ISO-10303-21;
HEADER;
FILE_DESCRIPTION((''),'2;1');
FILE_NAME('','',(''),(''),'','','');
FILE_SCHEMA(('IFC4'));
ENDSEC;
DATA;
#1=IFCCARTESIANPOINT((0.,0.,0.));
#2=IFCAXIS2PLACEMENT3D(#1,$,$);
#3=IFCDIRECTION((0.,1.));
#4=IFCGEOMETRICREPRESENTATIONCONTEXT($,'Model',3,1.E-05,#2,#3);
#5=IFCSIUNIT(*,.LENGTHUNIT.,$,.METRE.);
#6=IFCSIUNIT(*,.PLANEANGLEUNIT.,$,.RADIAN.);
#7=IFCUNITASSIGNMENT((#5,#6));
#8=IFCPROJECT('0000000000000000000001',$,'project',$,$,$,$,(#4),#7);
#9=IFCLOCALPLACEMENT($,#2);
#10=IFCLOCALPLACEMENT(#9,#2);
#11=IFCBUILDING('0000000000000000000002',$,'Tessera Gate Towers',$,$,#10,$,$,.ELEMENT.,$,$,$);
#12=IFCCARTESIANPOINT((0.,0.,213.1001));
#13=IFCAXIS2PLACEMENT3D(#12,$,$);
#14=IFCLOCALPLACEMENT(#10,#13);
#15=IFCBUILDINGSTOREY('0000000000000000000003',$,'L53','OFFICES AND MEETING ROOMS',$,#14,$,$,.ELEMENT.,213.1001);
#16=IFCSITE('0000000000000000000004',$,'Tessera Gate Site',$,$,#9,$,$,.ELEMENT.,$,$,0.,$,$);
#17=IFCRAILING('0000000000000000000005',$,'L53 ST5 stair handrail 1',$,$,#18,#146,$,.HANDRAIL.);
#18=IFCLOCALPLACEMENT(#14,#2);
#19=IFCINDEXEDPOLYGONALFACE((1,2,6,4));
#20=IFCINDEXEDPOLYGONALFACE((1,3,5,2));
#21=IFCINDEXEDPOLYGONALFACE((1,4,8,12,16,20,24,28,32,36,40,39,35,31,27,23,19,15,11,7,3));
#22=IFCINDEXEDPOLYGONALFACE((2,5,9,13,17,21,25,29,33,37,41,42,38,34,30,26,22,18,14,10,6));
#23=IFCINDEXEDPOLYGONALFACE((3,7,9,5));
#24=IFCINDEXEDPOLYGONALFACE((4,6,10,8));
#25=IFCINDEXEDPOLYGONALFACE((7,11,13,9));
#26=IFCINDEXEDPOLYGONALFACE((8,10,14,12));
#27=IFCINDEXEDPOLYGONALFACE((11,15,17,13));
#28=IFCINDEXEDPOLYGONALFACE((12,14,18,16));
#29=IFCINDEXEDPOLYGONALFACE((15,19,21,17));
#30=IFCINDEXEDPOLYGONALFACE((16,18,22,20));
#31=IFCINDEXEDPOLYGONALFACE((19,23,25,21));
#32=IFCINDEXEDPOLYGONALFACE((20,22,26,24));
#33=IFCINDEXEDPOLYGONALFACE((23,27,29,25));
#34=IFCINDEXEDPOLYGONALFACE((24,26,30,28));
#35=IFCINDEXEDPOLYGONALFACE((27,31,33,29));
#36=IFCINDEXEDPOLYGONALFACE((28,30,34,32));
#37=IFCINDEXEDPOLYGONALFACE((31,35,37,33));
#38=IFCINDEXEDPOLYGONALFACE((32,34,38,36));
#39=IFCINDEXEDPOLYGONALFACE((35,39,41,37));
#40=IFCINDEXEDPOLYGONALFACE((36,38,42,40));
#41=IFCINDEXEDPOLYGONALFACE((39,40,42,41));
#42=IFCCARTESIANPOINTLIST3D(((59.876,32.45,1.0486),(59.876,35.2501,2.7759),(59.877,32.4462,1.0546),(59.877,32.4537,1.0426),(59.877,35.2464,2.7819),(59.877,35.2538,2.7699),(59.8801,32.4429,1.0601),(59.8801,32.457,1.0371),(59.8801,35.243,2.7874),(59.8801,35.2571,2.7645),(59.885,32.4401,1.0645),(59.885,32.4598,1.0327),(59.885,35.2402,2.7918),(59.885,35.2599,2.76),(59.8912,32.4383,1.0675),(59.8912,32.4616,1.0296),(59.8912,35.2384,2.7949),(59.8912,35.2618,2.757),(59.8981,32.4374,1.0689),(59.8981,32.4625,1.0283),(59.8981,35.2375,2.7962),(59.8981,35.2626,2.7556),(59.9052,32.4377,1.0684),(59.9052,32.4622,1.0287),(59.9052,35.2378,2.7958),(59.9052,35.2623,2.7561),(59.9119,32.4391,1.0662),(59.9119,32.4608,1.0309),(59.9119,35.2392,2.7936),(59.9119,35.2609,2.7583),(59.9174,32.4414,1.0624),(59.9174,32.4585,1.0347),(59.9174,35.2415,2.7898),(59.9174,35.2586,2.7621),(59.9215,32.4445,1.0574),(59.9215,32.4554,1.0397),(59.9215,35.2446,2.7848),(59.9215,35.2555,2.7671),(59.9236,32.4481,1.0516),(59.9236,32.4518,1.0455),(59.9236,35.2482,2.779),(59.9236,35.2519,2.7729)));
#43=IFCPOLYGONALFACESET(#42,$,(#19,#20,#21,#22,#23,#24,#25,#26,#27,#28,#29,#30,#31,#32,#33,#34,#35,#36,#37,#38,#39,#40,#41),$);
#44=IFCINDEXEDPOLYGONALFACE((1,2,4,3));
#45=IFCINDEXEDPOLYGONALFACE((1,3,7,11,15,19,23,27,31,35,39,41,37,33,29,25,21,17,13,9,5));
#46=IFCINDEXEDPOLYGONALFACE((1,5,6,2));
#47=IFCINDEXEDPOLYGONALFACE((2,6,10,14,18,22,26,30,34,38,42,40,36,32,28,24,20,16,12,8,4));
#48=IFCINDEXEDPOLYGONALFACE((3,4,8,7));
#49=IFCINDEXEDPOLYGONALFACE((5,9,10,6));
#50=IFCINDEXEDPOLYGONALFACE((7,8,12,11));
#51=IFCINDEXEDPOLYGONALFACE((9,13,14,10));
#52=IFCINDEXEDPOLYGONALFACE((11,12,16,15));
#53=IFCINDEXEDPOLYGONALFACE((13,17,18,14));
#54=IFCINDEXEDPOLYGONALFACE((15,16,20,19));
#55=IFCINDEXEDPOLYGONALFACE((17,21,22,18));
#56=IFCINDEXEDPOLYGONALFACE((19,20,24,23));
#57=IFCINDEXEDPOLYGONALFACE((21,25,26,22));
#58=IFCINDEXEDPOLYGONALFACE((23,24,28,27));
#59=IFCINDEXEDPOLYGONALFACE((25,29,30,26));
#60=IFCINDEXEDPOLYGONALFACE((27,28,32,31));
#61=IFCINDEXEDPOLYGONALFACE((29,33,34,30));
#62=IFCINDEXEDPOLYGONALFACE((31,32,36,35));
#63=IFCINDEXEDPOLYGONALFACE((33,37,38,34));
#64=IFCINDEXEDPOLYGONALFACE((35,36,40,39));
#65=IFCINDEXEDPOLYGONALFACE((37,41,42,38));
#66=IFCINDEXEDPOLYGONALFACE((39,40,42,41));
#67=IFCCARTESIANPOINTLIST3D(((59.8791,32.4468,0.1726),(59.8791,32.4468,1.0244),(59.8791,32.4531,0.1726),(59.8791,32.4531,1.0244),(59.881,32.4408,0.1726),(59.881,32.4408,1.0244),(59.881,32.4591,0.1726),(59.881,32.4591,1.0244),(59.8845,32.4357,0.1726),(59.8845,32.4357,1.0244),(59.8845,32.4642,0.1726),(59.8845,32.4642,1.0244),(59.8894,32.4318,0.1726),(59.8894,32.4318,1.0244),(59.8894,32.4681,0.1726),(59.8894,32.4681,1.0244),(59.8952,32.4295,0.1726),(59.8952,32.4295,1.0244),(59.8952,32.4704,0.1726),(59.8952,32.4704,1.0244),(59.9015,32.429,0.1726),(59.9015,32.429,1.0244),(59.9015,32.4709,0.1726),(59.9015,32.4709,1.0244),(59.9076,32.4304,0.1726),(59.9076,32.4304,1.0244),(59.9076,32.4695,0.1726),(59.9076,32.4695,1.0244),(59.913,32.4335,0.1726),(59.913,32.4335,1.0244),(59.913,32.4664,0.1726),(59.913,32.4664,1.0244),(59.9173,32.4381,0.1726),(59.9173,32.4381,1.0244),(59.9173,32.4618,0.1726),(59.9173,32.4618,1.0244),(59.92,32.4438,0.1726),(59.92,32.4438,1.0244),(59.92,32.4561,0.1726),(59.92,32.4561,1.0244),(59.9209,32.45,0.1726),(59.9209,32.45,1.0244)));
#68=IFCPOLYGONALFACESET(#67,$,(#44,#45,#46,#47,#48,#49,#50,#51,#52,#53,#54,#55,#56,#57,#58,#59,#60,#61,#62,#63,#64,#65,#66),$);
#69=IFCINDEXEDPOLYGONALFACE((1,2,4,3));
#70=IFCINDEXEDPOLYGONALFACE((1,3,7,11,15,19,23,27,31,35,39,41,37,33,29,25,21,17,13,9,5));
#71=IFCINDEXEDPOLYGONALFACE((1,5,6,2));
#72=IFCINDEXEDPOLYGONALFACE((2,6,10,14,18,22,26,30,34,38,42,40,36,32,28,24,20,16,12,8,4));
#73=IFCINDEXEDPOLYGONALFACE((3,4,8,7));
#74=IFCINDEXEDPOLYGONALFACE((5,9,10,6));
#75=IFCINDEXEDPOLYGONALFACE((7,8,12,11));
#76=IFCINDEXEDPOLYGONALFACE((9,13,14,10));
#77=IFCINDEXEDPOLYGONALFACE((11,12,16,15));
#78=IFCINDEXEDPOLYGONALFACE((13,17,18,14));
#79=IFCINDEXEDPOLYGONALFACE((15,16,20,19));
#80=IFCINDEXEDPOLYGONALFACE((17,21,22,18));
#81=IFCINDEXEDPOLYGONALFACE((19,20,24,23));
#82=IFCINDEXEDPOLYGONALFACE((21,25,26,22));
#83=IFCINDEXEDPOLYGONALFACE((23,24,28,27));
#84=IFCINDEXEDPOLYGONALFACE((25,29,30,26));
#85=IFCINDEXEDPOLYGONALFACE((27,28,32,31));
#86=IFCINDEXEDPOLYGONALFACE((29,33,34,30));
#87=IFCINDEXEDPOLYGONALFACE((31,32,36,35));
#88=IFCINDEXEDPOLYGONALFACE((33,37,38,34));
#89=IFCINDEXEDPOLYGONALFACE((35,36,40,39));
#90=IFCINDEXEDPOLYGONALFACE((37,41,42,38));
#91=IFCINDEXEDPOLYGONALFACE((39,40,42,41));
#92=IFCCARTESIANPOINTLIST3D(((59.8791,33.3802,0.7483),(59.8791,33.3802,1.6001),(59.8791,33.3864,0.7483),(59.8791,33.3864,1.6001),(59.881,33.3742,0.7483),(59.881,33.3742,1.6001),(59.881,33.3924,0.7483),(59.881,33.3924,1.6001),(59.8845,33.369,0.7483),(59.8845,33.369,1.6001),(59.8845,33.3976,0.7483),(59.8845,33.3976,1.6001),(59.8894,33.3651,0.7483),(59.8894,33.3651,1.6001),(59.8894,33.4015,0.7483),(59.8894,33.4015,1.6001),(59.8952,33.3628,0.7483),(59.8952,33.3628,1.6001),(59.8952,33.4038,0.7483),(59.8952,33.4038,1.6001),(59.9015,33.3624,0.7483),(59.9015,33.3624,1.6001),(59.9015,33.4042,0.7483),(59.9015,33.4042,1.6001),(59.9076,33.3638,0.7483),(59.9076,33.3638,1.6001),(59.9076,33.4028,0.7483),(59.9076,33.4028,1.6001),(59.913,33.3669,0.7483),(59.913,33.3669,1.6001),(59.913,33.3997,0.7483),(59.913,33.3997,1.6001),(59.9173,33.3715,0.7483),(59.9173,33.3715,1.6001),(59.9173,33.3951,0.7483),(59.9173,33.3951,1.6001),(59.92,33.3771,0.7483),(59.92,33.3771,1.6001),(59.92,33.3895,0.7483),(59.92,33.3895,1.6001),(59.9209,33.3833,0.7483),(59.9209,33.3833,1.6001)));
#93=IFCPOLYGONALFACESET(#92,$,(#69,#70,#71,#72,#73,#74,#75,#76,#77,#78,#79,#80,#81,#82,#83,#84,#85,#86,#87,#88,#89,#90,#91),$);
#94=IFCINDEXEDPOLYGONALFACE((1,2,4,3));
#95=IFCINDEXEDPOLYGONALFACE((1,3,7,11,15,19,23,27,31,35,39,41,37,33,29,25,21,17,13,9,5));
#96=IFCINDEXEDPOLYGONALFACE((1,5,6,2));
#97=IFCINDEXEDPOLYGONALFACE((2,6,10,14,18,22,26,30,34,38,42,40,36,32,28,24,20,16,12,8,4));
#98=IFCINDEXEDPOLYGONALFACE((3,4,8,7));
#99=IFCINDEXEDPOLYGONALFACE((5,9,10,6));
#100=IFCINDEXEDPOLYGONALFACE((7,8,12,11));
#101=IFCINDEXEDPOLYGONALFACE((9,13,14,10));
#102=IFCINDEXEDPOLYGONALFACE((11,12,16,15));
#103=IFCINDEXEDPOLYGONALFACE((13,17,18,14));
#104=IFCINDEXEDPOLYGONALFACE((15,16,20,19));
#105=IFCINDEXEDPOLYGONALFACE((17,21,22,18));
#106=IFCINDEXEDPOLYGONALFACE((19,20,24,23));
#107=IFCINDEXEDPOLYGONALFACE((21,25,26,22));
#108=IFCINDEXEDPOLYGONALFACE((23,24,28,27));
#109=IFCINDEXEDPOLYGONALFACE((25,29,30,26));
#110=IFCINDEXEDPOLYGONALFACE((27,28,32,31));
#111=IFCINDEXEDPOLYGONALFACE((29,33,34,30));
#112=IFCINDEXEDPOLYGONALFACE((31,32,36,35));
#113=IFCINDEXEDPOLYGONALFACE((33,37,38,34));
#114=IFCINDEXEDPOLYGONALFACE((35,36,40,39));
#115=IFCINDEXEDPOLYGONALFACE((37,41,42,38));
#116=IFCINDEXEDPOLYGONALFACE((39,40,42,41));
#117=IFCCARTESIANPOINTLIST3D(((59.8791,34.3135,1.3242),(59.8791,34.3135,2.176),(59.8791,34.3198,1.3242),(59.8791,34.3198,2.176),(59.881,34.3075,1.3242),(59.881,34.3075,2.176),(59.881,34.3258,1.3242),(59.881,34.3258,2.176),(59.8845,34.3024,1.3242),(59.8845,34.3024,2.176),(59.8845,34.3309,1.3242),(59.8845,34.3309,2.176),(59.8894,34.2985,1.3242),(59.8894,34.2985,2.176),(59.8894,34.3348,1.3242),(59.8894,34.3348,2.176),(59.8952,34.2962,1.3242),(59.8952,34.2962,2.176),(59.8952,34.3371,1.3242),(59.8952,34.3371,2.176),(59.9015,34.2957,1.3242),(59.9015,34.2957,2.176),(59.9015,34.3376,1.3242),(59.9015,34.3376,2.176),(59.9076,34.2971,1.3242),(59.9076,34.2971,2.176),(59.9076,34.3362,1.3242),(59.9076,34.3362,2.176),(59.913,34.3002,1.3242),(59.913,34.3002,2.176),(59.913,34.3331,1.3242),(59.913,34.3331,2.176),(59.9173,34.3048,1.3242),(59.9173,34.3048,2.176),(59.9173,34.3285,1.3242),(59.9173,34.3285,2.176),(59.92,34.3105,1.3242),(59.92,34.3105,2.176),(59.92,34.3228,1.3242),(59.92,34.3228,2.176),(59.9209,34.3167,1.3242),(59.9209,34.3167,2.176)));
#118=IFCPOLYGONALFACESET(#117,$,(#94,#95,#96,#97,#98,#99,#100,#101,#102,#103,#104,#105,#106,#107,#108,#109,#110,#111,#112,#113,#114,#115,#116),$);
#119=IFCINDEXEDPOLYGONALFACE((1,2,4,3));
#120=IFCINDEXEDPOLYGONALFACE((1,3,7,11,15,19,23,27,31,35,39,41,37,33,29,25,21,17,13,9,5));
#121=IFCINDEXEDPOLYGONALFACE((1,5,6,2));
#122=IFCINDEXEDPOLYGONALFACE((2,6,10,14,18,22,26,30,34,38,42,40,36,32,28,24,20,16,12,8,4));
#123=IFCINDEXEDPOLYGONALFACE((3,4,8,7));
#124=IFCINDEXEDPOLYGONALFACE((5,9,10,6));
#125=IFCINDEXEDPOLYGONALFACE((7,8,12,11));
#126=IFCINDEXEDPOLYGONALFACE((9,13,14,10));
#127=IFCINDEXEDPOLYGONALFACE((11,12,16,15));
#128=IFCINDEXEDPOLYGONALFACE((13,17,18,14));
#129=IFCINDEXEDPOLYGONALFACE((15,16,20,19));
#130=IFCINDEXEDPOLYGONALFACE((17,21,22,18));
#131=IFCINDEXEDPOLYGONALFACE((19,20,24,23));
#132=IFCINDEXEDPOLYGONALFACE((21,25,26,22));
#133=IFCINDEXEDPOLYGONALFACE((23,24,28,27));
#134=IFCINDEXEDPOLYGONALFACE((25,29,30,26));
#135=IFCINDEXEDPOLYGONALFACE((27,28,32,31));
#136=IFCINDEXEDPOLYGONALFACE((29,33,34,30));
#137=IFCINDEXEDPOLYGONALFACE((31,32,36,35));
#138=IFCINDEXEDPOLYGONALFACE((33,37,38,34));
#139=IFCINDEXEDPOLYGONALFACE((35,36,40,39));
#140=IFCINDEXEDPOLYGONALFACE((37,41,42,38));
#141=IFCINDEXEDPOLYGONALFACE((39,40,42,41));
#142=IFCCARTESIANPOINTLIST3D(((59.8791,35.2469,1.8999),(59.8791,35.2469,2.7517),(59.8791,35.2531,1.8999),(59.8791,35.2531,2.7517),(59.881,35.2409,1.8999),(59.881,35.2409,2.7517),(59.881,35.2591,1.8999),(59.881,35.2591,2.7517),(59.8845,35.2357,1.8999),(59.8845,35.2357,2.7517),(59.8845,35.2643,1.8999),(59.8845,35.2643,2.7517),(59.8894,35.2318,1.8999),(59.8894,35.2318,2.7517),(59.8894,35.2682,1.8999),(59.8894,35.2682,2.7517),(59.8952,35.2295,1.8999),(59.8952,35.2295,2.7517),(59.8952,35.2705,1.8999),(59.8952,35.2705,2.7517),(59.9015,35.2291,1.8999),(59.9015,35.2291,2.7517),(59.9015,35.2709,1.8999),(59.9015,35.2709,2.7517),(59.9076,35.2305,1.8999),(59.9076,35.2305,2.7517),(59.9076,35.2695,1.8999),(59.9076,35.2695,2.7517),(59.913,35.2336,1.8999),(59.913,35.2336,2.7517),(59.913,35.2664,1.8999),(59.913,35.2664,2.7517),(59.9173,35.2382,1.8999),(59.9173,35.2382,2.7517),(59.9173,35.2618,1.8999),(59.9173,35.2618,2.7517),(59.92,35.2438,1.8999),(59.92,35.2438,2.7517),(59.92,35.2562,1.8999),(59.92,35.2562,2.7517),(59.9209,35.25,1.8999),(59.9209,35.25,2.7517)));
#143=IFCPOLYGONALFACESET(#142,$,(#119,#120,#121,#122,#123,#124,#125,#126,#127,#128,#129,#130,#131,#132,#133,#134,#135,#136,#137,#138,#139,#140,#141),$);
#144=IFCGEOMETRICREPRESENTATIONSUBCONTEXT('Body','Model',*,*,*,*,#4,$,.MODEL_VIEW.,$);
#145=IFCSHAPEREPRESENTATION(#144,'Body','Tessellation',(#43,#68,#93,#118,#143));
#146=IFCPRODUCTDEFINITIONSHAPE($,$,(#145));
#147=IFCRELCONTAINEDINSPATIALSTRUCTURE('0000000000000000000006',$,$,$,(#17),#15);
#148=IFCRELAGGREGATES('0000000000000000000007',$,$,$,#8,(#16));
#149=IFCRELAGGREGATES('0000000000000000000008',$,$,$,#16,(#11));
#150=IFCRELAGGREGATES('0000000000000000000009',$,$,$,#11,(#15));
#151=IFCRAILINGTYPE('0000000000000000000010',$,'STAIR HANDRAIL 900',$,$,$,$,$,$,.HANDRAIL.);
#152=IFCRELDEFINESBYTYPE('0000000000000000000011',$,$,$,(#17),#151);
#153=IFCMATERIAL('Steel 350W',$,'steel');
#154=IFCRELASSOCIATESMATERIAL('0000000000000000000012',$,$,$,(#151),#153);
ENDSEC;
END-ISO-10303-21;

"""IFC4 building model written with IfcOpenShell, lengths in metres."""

from ifc_helpers import new_model, si_unit, direction, frame, origin, origin_2d, place, context, subcontext, project, spatial, circle, extrude, material, type_object, element, save


model = new_model("IFC4")

# Units and contexts
model_context = context("Model", 3, precision=1e-05, world=origin(), true_north=direction((0.0, 1.0)))
body_context = subcontext(model_context, "Body", "Model", "MODEL_VIEW")
ifc_project = project(units=[si_unit("LENGTHUNIT", "METRE"), si_unit("PLANEANGLEUNIT", "RADIAN")], contexts=[model_context])

# Site, building, storey
site_placement = place(None, origin())
site = spatial("IfcSite", under=ifc_project, at=site_placement, Name="Tessera Gate Site", CompositionType="ELEMENT", RefElevation=0.0)
building_placement = place(site_placement, origin())
building = spatial("IfcBuilding", under=site, at=building_placement, Name="Tessera Gate Towers", CompositionType="ELEMENT")
storey_placement = place(building_placement, frame((0.0, 0.0, 213.1001)))
storey = spatial("IfcBuildingStorey", under=building, at=storey_placement, Name="L53", Description="OFFICES AND MEETING ROOMS", CompositionType="ELEMENT", Elevation=213.1001)

# Railing
ifc_material_1 = material(Name="Steel 350W", Category="steel")
railing_type_1 = type_object("IfcRailingType", Name="STAIR HANDRAIL 900", PredefinedType="HANDRAIL", material=ifc_material_1)
railing_1_placement = place(storey_placement, frame((59.8999, 32.45, 0.1726)))
element("IfcRailing", 1, at=railing_1_placement, inside=storey, type_object=railing_type_1, Name="L53 ST5 stair handrail 1", PredefinedType="HANDRAIL", context=body_context, shape_type="SweptSolid", body=[
    extrude(circle(Radius=0.0239, at=origin_2d()), frame((0.0, 0.0, 0.876), z_axis=(0.0, 0.85109, 0.52502), x_axis=(-1.0, 0.0, 0.0)), (0.0, 0.0, 1.0), 3.29),
    extrude(circle(Radius=0.021, at=origin_2d()), origin(), (0.0, 0.0, 1.0), 0.8518),
    extrude(circle(Radius=0.021, at=origin_2d()), frame((0.0, 0.9333, 0.5757)), (0.0, 0.0, 1.0), 0.8518),
    extrude(circle(Radius=0.021, at=origin_2d()), frame((0.0, 1.8667, 1.1516)), (0.0, 0.0, 1.0), 0.8518),
    extrude(circle(Radius=0.021, at=origin_2d()), frame((0.0, 2.8, 1.7273)), (0.0, 0.0, 1.0), 0.8518),
])

save(model, "model.ifc")
